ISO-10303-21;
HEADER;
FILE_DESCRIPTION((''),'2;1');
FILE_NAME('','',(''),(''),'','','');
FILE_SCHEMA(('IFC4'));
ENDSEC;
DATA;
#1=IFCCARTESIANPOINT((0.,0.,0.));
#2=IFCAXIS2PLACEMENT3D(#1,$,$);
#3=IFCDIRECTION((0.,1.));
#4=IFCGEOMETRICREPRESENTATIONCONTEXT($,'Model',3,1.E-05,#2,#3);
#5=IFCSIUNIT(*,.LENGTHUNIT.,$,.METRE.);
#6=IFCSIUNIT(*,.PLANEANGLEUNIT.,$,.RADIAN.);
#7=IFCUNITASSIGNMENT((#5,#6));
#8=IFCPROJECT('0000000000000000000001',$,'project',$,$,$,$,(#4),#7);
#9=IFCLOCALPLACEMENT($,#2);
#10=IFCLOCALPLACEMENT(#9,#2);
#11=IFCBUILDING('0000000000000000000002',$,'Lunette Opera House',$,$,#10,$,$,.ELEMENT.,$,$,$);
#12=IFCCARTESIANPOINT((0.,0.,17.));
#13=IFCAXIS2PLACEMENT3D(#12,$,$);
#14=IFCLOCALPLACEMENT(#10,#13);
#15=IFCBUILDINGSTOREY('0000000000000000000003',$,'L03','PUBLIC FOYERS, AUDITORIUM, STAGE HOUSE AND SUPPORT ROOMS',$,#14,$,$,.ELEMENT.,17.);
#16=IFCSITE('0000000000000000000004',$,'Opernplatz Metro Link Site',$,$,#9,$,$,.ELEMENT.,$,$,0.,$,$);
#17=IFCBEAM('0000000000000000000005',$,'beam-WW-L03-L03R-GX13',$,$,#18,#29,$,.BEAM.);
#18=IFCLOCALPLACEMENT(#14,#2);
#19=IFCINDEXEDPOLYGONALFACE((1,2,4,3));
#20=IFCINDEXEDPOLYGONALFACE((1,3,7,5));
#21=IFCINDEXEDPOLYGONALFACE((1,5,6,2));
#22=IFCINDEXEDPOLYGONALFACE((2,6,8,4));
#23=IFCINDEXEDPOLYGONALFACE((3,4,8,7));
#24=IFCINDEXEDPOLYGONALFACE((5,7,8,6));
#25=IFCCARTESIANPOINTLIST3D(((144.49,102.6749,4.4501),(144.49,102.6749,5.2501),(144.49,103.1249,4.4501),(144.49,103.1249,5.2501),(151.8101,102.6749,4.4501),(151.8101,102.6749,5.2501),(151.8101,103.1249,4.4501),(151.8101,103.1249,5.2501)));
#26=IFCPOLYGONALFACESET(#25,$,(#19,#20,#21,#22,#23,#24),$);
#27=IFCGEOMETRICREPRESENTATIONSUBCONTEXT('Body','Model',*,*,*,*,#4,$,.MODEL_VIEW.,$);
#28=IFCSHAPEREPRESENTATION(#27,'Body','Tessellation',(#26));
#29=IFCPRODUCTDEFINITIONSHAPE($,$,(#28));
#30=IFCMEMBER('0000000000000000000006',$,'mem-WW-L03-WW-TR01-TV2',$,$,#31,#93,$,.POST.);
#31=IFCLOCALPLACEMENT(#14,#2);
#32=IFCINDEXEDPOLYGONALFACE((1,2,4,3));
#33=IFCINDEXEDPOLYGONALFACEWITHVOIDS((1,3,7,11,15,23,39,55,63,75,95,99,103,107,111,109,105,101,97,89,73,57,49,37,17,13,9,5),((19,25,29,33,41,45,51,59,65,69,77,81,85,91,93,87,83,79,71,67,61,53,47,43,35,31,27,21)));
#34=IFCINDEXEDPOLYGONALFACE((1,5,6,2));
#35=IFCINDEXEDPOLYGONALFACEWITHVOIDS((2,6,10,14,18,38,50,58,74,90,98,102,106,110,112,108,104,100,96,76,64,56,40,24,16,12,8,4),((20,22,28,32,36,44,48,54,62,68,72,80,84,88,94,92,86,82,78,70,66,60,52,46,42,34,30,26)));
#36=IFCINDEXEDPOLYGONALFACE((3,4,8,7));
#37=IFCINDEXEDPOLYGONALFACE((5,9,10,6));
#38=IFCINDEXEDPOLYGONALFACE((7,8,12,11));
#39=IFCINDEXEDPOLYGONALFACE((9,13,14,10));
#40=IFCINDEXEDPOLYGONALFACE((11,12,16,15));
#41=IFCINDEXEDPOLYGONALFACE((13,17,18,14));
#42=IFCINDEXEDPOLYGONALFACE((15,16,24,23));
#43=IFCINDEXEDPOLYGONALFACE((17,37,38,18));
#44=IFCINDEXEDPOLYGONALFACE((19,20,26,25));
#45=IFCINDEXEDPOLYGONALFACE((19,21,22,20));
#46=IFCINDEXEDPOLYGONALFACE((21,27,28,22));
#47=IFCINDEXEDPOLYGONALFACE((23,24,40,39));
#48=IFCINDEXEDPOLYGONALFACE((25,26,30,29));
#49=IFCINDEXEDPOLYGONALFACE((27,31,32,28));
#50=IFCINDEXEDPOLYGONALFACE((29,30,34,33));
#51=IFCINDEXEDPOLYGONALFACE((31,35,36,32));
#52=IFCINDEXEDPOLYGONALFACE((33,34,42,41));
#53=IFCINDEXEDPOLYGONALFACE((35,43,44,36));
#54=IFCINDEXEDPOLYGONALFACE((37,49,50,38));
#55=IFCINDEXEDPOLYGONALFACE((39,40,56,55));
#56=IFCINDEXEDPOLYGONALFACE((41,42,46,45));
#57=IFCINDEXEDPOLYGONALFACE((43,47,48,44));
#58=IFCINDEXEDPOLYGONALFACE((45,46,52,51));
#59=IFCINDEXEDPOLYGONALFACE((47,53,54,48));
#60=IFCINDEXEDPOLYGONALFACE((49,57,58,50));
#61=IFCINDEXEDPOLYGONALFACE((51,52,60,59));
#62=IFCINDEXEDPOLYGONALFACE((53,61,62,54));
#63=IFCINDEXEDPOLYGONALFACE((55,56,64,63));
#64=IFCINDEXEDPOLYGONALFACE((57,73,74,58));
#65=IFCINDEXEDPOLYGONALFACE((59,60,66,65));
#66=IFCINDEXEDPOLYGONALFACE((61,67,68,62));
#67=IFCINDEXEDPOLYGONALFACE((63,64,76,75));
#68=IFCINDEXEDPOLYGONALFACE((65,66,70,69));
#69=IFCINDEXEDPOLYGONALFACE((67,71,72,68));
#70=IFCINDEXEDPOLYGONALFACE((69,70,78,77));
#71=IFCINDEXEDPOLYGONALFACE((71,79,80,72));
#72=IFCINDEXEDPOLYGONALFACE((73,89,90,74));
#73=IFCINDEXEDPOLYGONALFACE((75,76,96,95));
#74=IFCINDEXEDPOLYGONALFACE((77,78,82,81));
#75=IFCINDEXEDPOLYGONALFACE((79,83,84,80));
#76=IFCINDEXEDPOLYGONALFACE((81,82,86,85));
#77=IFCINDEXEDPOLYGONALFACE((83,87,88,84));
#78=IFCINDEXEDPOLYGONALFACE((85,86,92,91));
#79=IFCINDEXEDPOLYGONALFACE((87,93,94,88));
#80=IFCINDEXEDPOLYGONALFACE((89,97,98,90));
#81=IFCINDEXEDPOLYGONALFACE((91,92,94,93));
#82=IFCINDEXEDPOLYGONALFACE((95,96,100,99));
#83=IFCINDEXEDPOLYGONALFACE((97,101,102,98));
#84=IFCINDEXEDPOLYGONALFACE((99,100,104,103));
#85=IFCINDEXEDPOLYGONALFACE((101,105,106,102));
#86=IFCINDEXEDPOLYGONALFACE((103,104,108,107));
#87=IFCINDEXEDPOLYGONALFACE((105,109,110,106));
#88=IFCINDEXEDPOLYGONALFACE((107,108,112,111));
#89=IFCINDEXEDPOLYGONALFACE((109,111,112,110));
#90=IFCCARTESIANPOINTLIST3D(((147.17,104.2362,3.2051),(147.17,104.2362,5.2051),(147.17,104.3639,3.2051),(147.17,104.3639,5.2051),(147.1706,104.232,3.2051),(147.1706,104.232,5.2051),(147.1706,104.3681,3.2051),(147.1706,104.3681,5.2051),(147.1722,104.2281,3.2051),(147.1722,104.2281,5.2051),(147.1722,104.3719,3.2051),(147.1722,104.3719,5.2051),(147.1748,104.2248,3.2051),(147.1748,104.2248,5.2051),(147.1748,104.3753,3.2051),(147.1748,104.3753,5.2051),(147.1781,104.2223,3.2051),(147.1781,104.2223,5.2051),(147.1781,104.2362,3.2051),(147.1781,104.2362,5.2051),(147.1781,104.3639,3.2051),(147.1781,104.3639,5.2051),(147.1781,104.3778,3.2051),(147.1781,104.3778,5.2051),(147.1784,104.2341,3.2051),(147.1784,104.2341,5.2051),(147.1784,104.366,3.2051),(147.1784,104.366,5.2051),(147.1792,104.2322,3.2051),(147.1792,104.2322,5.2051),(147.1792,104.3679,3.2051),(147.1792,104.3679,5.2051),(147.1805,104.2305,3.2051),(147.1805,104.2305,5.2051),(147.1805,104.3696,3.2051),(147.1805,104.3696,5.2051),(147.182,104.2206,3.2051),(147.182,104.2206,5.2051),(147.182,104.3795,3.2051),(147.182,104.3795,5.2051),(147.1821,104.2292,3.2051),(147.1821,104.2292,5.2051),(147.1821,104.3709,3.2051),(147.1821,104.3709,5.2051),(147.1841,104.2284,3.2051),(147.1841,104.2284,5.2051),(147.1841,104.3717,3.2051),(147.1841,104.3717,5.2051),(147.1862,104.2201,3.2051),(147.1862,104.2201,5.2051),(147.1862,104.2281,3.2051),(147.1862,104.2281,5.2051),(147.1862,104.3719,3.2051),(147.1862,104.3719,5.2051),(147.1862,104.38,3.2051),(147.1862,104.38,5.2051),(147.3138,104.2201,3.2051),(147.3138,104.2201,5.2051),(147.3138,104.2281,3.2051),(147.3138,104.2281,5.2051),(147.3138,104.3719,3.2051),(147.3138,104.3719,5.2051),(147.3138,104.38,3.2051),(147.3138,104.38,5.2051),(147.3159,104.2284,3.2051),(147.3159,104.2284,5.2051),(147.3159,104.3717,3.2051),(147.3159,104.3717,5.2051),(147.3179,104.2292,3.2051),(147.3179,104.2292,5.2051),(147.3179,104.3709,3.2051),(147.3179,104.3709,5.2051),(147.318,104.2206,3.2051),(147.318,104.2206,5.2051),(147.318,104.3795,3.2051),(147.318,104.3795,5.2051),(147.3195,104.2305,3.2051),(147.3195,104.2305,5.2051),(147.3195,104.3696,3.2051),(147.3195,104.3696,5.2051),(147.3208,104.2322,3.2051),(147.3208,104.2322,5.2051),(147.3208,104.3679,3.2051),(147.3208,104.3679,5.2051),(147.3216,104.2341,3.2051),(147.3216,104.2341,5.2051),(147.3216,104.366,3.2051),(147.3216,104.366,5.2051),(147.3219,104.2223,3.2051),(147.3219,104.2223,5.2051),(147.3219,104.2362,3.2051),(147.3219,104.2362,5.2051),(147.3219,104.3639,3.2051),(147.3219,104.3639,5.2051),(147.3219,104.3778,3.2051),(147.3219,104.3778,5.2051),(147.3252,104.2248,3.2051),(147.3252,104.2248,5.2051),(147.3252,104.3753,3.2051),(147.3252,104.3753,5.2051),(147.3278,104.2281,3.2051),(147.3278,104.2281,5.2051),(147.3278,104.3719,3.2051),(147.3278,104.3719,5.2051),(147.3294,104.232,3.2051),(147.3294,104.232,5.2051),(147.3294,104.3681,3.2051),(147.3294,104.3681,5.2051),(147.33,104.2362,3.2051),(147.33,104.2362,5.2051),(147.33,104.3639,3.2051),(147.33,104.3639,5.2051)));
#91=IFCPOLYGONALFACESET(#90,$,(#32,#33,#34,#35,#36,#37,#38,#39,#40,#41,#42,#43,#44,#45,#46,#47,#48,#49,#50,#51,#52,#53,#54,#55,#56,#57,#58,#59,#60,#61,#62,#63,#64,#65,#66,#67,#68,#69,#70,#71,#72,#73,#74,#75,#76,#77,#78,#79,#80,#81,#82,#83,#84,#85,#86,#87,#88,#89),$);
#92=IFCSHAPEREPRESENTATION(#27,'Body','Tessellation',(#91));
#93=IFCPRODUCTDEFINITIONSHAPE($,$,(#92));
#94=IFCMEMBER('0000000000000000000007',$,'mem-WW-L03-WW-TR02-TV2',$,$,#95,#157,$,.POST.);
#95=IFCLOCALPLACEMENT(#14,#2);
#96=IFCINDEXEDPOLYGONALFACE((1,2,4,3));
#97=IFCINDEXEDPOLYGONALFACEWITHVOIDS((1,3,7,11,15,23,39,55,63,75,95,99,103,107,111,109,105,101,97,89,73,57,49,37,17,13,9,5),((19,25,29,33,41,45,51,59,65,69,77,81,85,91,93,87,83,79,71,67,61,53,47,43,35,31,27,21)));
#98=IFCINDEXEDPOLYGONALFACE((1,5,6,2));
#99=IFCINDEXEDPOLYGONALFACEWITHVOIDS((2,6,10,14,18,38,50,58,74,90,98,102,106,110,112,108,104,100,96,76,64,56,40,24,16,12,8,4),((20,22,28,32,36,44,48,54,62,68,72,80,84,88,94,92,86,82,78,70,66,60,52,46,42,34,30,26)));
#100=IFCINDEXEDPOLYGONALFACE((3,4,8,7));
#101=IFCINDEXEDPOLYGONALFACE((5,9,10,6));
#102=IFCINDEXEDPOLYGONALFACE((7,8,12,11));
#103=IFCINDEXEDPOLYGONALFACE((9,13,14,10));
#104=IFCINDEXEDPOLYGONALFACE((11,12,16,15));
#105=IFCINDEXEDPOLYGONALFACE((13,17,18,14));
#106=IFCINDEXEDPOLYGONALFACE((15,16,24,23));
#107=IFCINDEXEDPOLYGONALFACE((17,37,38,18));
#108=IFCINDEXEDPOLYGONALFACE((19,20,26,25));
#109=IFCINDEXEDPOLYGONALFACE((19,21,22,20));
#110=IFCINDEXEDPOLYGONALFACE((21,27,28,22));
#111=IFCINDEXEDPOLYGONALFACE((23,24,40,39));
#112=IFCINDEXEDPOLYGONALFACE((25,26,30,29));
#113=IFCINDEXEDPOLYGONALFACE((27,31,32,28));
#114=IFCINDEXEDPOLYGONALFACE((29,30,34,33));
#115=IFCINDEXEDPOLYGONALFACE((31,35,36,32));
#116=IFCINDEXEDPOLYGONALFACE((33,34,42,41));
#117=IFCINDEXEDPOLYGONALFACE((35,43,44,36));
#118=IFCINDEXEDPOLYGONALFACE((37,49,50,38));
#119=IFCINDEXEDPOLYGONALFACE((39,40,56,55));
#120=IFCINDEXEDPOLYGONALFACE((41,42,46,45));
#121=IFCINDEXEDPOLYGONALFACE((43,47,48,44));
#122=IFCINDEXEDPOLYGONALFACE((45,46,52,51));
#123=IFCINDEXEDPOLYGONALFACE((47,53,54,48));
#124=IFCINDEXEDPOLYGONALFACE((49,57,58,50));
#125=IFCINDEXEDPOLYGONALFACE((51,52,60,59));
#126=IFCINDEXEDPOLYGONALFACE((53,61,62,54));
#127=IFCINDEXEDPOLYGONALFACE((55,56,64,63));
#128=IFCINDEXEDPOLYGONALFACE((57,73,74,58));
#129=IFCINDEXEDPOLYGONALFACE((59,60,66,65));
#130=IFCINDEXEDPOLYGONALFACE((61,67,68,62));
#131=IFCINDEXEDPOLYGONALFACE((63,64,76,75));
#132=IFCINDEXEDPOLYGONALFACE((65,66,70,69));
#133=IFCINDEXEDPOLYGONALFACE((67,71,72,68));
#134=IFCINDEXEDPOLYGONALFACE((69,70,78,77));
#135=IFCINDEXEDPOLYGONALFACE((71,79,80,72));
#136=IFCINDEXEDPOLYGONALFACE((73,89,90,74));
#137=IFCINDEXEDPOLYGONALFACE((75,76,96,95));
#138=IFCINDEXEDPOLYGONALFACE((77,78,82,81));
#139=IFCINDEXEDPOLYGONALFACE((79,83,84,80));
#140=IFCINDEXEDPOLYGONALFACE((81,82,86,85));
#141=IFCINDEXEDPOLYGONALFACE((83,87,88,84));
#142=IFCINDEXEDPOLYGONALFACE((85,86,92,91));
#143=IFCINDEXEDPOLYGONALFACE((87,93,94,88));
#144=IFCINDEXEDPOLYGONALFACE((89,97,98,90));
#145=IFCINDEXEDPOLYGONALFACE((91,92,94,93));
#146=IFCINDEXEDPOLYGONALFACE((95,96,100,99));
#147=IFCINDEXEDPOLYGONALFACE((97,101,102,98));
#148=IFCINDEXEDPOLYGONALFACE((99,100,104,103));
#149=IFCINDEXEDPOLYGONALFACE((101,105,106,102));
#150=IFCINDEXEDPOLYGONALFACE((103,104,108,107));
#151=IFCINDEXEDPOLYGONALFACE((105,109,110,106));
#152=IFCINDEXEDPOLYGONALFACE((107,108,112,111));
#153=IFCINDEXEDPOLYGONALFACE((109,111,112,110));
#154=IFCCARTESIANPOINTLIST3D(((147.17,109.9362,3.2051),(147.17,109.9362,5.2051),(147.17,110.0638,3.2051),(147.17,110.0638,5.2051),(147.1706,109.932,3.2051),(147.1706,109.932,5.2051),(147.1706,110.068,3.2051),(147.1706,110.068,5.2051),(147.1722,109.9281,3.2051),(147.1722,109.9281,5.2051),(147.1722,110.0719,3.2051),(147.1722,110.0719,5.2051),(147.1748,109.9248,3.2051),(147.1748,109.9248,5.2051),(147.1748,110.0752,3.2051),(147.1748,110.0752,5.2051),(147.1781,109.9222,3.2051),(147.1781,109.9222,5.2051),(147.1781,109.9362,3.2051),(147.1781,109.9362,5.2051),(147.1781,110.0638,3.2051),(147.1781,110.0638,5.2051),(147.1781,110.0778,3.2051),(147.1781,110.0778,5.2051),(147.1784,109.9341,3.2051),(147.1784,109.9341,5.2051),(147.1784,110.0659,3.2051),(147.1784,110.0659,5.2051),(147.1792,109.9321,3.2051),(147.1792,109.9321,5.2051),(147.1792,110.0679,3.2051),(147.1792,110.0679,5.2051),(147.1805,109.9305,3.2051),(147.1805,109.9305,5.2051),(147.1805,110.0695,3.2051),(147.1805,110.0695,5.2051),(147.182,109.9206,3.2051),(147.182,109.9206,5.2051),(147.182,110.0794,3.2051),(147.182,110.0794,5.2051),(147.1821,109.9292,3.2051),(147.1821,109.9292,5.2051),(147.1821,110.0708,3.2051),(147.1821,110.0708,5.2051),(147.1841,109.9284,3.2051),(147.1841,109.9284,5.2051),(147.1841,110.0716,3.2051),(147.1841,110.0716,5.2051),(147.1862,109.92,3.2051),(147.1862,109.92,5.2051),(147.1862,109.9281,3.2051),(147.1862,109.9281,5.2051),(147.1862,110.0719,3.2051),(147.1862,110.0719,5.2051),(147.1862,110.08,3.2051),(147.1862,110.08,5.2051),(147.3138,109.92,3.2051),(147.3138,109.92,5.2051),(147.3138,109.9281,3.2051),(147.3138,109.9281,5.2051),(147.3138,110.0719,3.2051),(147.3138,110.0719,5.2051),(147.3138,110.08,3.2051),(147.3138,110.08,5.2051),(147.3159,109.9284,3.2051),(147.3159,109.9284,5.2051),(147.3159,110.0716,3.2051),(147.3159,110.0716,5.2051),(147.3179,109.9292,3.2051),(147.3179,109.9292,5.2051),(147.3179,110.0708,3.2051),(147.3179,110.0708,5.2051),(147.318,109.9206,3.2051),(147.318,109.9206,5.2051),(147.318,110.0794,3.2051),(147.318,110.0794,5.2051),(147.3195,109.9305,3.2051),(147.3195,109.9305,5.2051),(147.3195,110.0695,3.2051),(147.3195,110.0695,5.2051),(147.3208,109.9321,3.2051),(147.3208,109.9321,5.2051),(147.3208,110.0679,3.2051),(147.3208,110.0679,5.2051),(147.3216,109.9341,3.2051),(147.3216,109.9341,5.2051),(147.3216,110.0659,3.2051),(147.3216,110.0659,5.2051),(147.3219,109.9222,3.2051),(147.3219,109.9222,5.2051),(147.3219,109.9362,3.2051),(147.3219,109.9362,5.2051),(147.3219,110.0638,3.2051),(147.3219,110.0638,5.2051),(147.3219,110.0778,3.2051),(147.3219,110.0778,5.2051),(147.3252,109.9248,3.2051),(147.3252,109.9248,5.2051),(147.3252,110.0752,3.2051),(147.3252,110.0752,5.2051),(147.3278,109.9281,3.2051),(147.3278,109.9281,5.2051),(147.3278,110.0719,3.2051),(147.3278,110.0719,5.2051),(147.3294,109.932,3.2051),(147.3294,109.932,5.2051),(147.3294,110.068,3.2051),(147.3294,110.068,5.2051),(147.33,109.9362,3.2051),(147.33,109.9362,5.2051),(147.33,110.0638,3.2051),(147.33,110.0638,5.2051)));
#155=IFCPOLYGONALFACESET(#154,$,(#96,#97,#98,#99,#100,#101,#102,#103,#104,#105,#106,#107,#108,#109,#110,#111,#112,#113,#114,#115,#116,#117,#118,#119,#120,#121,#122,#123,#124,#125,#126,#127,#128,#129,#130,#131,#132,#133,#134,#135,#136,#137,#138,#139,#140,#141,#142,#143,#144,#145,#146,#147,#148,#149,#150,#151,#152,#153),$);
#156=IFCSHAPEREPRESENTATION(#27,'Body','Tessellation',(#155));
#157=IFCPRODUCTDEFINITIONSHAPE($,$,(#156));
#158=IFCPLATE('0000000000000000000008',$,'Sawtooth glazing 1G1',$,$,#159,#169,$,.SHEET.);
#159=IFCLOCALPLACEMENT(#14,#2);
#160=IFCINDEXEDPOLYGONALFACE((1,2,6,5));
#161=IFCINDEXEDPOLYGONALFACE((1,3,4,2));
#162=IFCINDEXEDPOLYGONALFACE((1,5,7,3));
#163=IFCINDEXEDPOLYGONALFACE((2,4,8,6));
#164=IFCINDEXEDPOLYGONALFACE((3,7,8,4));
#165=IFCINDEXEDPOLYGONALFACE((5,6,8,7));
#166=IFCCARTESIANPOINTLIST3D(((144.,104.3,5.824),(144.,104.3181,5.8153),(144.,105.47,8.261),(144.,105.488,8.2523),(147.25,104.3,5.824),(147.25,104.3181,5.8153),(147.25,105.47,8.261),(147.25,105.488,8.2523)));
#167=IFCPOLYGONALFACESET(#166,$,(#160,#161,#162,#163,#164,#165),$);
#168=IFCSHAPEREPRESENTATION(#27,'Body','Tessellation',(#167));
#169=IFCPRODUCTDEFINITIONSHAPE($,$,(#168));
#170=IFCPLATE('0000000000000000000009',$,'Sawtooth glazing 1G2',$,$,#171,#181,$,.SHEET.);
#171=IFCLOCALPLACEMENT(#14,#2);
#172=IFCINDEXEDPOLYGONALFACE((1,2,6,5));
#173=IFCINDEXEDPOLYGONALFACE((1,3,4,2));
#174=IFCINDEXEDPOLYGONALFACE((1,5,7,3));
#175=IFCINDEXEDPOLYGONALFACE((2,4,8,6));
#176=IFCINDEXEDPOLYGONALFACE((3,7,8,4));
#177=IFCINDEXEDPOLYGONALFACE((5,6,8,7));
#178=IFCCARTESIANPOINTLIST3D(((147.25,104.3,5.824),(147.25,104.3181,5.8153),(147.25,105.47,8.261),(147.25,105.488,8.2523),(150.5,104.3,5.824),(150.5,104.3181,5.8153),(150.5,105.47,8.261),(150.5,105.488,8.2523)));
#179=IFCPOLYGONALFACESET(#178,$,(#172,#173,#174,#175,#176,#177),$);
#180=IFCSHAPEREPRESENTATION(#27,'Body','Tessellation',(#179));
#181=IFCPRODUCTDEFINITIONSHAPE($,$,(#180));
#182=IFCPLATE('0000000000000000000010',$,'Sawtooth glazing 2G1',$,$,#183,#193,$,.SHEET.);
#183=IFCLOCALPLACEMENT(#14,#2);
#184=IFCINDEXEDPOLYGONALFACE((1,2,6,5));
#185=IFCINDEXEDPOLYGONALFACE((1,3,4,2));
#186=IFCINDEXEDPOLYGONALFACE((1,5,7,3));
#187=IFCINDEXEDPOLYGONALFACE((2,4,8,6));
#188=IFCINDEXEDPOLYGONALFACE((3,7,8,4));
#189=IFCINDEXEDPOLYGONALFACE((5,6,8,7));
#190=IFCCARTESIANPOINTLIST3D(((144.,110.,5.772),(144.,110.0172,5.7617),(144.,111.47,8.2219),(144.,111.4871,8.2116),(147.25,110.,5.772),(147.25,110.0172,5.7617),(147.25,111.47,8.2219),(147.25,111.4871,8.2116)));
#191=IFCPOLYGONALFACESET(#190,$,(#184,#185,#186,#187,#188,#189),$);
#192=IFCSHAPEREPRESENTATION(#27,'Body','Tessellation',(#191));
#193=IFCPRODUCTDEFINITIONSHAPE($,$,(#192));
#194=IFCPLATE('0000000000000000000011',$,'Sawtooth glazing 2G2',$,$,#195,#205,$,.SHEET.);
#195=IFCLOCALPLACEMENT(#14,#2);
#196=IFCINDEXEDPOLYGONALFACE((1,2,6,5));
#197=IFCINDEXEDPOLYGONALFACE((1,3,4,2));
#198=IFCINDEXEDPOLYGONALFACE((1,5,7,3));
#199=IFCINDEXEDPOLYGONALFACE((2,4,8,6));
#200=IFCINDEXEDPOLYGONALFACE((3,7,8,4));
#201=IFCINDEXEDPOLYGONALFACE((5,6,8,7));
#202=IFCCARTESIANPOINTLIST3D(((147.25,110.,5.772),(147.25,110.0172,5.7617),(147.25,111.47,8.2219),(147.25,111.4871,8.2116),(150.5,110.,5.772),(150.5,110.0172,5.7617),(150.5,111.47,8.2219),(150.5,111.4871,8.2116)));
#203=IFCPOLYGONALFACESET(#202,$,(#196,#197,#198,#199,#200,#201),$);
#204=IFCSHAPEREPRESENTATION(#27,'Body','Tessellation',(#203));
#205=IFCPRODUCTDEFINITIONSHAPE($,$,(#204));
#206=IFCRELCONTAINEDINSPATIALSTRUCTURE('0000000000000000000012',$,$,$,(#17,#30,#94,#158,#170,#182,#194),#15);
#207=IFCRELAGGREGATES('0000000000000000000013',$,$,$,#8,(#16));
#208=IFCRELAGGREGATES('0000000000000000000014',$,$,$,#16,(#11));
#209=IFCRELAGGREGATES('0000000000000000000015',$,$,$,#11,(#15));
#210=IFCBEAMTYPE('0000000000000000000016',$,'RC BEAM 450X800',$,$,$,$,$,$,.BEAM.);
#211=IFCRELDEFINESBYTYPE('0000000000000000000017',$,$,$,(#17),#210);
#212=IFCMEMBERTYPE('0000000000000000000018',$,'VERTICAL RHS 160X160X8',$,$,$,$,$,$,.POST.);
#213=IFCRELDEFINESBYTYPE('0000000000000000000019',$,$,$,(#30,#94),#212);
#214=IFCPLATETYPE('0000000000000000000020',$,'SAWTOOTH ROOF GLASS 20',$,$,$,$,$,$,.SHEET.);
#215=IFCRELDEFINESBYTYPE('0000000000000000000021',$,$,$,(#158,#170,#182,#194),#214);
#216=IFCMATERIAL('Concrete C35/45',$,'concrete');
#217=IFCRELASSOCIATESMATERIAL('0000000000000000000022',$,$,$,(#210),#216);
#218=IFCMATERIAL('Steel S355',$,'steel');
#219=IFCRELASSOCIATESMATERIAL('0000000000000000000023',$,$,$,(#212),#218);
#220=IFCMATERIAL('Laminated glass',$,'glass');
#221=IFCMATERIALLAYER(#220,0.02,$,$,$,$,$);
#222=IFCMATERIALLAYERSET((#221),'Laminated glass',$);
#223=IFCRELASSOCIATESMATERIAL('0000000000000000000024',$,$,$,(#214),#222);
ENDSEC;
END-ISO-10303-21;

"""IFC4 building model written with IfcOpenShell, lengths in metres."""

from ifc_helpers import new_model, si_unit, direction, frame, origin, origin_2d, place, context, subcontext, project, spatial, polyline, rectangle, hollow_rectangle, outline, extrude, material, layer, layer_set, material_profile, profile_set, type_object, element, save


model = new_model("IFC4")

# Units and contexts
model_context = context("Model", 3, precision=1e-05, world=origin(), true_north=direction((0.0, 1.0)))
body_context = subcontext(model_context, "Body", "Model", "MODEL_VIEW")
ifc_project = project(units=[si_unit("LENGTHUNIT", "METRE"), si_unit("PLANEANGLEUNIT", "RADIAN")], contexts=[model_context])

# Site, building, storey
site_placement = place(None, origin())
site = spatial("IfcSite", under=ifc_project, at=site_placement, Name="Opernplatz Metro Link Site", CompositionType="ELEMENT", RefElevation=0.0)
building_placement = place(site_placement, origin())
building = spatial("IfcBuilding", under=site, at=building_placement, Name="Lunette Opera House", CompositionType="ELEMENT")
storey_placement = place(building_placement, frame((0.0, 0.0, 17.0)))
storey = spatial("IfcBuildingStorey", under=building, at=storey_placement, Name="L03", Description="PUBLIC FOYERS, AUDITORIUM, STAGE HOUSE AND SUPPORT ROOMS", CompositionType="ELEMENT", Elevation=17.0)

# Beam
ifc_material_1 = material(Name="Concrete C35/45", Category="concrete")
ifc_material_profile_1 = material_profile(ifc_material_1, rectangle(XDim=0.45, YDim=0.8, at=origin_2d()), Name="RC BEAM 450X800")
ifc_profile_set_1 = profile_set([ifc_material_profile_1], Name="Concrete C35/45")
beam_type = type_object("IfcBeamType", Name="RC BEAM 450X800", PredefinedType="BEAM", material=ifc_profile_set_1)
beam_placement = place(storey_placement, frame((144.49, 102.8999, 4.8501), z_axis=(1.0, 0.0, 0.0), x_axis=(0.0, 1.0, 0.0)))
element("IfcBeam", 1, at=beam_placement, inside=storey, type_object=beam_type, Name="beam-WW-L03-L03R-GX13", PredefinedType="BEAM", context=body_context, shape_type="SweptSolid", body=[
    extrude(rectangle(XDim=0.45, YDim=0.8, at=origin_2d()), origin(), (0.0, 0.0, 1.0), 7.3201),
])

# Members
ifc_material_2 = material(Name="Steel S355", Category="steel")
ifc_material_profile_2 = material_profile(ifc_material_2, hollow_rectangle(XDim=0.1599, YDim=0.1599, WallThickness=0.0081, InnerFilletRadius=0.0081, OuterFilletRadius=0.0161, at=origin_2d()), Name="RHS 160X160X8")
ifc_profile_set_2 = profile_set([ifc_material_profile_2], Name="Steel S355")
member_type_1 = type_object("IfcMemberType", Name="VERTICAL RHS 160X160X8", PredefinedType="POST", material=ifc_profile_set_2)
for number, where, z_axis, x_axis, name in (
    (2, (147.25, 104.3, 3.2051), (0.0, 0.0, 1.0), (1.0, 0.0, 0.0), "mem-WW-L03-WW-TR01-TV2"),
    (3, (147.25, 110.0, 3.2051), (0.0, 0.0, 1.0), (1.0, 0.0, 0.0), "mem-WW-L03-WW-TR02-TV2"),
):
    element("IfcMember", number, at=place(storey_placement, frame(where, z_axis=z_axis, x_axis=x_axis)), inside=storey, type_object=member_type_1, Name=name, PredefinedType="POST", context=body_context, shape_type="SweptSolid", body=[
        extrude(hollow_rectangle(XDim=0.1599, YDim=0.1599, WallThickness=0.0081, InnerFilletRadius=0.0081, OuterFilletRadius=0.0161, at=origin_2d()), origin(), (0.0, 0.0, 1.0), 2.0),
    ])

# Plates
ifc_material_3 = material(Name="Laminated glass", Category="glass")
ifc_layer_1 = layer(ifc_material_3, 0.02)
ifc_layer_set_1 = layer_set([ifc_layer_1], Name="Laminated glass")
plate_type = type_object("IfcPlateType", Name="SAWTOOTH ROOF GLASS 20", PredefinedType="SHEET", material=ifc_layer_set_1)
for number, where, z_axis, x_axis, name in (
    (4, (144.0, 104.3, 5.824), (0.0, -0.901501, 0.432778), (1.0, 0.0, 0.0), "Sawtooth glazing 1G1"),
    (5, (147.25, 104.3, 5.824), (0.0, -0.901501, 0.432778), (1.0, 0.0, 0.0), "Sawtooth glazing 1G2"),
):
    element("IfcPlate", number, at=place(storey_placement, frame(where, z_axis=z_axis, x_axis=x_axis)), inside=storey, type_object=plate_type, Name=name, PredefinedType="SHEET", context=body_context, shape_type="SweptSolid", body=[
        extrude(outline(polyline([(0.0, 0.0), (3.25, 0.0), (3.25, 2.7033), (0.0, 2.7033), (0.0, 0.0)])), origin(), (0.0, 0.0, -1.0), 0.02),
    ])
for number, where, z_axis, x_axis, name in (
    (6, (144.0, 110.0, 5.772), (0.0, -0.857493, 0.514496), (1.0, 0.0, 0.0), "Sawtooth glazing 2G1"),
    (7, (147.25, 110.0, 5.772), (0.0, -0.857493, 0.514496), (1.0, 0.0, 0.0), "Sawtooth glazing 2G2"),
):
    element("IfcPlate", number, at=place(storey_placement, frame(where, z_axis=z_axis, x_axis=x_axis)), inside=storey, type_object=plate_type, Name=name, PredefinedType="SHEET", context=body_context, shape_type="SweptSolid", body=[
        extrude(outline(polyline([(0.0, 0.0), (3.25, 0.0), (3.25, 2.8571), (0.0, 2.8571), (0.0, 0.0)])), origin(), (0.0, 0.0, -1.0), 0.02),
    ])

save(model, "model.ifc")
